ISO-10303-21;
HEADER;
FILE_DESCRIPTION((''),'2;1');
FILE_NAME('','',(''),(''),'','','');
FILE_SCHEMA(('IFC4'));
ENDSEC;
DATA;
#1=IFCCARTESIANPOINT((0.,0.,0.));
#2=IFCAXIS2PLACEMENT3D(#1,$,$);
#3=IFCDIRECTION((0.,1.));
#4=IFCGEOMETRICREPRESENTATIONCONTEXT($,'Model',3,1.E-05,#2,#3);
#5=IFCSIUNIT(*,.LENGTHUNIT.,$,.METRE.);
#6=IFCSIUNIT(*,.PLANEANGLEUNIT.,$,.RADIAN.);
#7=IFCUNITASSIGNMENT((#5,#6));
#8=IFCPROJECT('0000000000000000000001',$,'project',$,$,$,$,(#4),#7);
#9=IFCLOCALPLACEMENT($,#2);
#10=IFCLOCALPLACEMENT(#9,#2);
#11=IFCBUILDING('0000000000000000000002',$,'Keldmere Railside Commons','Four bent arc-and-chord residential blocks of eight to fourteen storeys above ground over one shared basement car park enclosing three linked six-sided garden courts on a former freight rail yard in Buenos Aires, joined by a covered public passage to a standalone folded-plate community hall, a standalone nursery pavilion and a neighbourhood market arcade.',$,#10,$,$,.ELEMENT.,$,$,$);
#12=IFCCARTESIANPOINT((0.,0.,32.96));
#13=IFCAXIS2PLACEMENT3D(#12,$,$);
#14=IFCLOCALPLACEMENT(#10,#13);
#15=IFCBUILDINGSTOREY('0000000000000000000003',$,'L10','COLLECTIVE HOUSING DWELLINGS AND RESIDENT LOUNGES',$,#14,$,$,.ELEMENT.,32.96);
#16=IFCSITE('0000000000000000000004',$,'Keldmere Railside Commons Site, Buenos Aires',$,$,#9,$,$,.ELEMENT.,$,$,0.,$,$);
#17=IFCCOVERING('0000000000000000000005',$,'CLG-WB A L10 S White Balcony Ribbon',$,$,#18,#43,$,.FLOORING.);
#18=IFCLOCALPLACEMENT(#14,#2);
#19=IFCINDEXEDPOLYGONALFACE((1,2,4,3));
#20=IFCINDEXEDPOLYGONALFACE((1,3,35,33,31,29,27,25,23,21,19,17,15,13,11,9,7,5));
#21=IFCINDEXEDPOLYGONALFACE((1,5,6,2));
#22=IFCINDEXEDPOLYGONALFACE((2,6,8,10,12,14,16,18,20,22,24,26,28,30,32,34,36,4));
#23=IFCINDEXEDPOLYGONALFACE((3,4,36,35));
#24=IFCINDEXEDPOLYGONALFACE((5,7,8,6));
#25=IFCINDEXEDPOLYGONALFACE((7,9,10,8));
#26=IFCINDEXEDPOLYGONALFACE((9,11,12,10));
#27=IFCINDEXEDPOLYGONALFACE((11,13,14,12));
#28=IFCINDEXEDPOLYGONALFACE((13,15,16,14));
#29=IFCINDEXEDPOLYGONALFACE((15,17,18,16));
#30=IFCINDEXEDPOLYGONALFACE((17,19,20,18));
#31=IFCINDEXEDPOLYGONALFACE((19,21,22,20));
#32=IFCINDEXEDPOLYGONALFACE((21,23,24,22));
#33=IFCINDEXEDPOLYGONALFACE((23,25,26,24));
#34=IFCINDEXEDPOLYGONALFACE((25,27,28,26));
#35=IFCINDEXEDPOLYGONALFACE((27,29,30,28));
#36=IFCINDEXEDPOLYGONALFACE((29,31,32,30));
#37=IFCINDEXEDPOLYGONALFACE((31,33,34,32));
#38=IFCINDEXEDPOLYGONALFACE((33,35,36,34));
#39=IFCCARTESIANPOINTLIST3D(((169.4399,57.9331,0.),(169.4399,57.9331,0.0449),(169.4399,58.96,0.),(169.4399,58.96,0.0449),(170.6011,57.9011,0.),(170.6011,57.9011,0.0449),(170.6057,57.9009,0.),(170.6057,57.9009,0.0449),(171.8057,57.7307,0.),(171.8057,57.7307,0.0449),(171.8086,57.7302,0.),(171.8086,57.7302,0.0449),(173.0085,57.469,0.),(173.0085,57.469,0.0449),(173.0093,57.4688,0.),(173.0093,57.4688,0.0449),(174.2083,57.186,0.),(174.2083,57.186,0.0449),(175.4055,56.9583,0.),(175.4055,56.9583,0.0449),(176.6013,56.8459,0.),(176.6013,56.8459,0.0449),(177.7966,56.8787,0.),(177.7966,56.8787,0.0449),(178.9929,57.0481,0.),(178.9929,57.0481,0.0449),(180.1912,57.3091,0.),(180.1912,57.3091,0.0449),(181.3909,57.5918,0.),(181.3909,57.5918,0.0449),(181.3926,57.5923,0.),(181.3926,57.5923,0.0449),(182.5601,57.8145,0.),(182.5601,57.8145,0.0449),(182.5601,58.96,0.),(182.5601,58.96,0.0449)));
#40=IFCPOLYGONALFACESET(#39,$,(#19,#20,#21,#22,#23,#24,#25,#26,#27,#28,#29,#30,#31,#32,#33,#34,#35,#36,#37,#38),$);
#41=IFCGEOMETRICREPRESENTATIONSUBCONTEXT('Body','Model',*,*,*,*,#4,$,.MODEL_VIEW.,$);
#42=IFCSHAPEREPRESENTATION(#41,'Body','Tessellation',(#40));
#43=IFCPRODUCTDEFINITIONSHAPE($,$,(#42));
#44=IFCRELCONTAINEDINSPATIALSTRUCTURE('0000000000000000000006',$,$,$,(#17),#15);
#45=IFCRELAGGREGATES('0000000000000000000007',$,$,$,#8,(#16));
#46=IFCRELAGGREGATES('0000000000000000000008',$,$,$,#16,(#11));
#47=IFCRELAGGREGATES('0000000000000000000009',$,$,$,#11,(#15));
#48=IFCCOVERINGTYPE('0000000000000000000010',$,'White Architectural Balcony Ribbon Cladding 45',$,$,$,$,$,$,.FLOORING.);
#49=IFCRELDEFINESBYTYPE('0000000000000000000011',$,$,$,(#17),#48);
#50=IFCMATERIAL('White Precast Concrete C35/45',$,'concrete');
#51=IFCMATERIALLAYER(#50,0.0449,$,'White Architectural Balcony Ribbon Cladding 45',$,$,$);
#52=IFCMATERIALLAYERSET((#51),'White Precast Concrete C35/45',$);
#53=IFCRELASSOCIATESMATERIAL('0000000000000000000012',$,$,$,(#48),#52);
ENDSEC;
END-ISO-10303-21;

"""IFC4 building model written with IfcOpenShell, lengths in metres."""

from ifc_helpers import new_model, si_unit, direction, frame, origin, place, context, subcontext, project, spatial, polyline, outline, extrude, material, layer, layer_set, type_object, element, save


model = new_model("IFC4")

# Units and contexts
model_context = context("Model", 3, precision=1e-05, world=origin(), true_north=direction((0.0, 1.0)))
body_context = subcontext(model_context, "Body", "Model", "MODEL_VIEW")
ifc_project = project(units=[si_unit("LENGTHUNIT", "METRE"), si_unit("PLANEANGLEUNIT", "RADIAN")], contexts=[model_context])

# Site, building, storey
site_placement = place(None, origin())
site = spatial("IfcSite", under=ifc_project, at=site_placement, Name="Keldmere Railside Commons Site, Buenos Aires", CompositionType="ELEMENT", RefElevation=0.0)
building_placement = place(site_placement, origin())
building = spatial("IfcBuilding", under=site, at=building_placement, Name="Keldmere Railside Commons", Description="Four bent arc-and-chord residential blocks of eight to fourteen storeys above ground over one shared basement car park enclosing three linked six-sided garden courts on a former freight rail yard in Buenos Aires, joined by a covered public passage to a standalone folded-plate community hall, a standalone nursery pavilion and a neighbourhood market arcade.", CompositionType="ELEMENT")
storey_placement = place(building_placement, frame((0.0, 0.0, 32.96)))
storey = spatial("IfcBuildingStorey", under=building, at=storey_placement, Name="L10", Description="COLLECTIVE HOUSING DWELLINGS AND RESIDENT LOUNGES", CompositionType="ELEMENT", Elevation=32.96)

# Covering
ifc_material_1 = material(Name="White Precast Concrete C35/45", Category="concrete")
ifc_layer_1 = layer(ifc_material_1, 0.0449, Name="White Architectural Balcony Ribbon Cladding 45")
ifc_layer_set_1 = layer_set([ifc_layer_1], Name="White Precast Concrete C35/45")
covering_type_1 = type_object("IfcCoveringType", Name="White Architectural Balcony Ribbon Cladding 45", PredefinedType="FLOORING", material=ifc_layer_set_1)
covering_1_placement = place(storey_placement, origin())
element("IfcCovering", 1, at=covering_1_placement, inside=storey, type_object=covering_type_1, Name="CLG-WB A L10 S White Balcony Ribbon", PredefinedType="FLOORING", context=body_context, shape_type="SweptSolid", body=[
    extrude(outline(polyline([(170.6011, 57.9011), (170.6057, 57.9009), (171.8057, 57.7307), (171.8086, 57.7302), (173.0085, 57.469), (173.0093, 57.4688), (174.2083, 57.186), (175.4055, 56.9583), (176.6013, 56.8459), (177.7966, 56.8787), (178.9929, 57.0481), (180.1912, 57.3091), (181.3909, 57.5918), (181.3926, 57.5923), (182.5601, 57.8145), (182.5601, 58.96), (169.4399, 58.96), (169.4399, 57.9331), (170.6011, 57.9011)])), origin(), (0.0, 0.0, 1.0), 0.0449),
])

save(model, "model.ifc")
